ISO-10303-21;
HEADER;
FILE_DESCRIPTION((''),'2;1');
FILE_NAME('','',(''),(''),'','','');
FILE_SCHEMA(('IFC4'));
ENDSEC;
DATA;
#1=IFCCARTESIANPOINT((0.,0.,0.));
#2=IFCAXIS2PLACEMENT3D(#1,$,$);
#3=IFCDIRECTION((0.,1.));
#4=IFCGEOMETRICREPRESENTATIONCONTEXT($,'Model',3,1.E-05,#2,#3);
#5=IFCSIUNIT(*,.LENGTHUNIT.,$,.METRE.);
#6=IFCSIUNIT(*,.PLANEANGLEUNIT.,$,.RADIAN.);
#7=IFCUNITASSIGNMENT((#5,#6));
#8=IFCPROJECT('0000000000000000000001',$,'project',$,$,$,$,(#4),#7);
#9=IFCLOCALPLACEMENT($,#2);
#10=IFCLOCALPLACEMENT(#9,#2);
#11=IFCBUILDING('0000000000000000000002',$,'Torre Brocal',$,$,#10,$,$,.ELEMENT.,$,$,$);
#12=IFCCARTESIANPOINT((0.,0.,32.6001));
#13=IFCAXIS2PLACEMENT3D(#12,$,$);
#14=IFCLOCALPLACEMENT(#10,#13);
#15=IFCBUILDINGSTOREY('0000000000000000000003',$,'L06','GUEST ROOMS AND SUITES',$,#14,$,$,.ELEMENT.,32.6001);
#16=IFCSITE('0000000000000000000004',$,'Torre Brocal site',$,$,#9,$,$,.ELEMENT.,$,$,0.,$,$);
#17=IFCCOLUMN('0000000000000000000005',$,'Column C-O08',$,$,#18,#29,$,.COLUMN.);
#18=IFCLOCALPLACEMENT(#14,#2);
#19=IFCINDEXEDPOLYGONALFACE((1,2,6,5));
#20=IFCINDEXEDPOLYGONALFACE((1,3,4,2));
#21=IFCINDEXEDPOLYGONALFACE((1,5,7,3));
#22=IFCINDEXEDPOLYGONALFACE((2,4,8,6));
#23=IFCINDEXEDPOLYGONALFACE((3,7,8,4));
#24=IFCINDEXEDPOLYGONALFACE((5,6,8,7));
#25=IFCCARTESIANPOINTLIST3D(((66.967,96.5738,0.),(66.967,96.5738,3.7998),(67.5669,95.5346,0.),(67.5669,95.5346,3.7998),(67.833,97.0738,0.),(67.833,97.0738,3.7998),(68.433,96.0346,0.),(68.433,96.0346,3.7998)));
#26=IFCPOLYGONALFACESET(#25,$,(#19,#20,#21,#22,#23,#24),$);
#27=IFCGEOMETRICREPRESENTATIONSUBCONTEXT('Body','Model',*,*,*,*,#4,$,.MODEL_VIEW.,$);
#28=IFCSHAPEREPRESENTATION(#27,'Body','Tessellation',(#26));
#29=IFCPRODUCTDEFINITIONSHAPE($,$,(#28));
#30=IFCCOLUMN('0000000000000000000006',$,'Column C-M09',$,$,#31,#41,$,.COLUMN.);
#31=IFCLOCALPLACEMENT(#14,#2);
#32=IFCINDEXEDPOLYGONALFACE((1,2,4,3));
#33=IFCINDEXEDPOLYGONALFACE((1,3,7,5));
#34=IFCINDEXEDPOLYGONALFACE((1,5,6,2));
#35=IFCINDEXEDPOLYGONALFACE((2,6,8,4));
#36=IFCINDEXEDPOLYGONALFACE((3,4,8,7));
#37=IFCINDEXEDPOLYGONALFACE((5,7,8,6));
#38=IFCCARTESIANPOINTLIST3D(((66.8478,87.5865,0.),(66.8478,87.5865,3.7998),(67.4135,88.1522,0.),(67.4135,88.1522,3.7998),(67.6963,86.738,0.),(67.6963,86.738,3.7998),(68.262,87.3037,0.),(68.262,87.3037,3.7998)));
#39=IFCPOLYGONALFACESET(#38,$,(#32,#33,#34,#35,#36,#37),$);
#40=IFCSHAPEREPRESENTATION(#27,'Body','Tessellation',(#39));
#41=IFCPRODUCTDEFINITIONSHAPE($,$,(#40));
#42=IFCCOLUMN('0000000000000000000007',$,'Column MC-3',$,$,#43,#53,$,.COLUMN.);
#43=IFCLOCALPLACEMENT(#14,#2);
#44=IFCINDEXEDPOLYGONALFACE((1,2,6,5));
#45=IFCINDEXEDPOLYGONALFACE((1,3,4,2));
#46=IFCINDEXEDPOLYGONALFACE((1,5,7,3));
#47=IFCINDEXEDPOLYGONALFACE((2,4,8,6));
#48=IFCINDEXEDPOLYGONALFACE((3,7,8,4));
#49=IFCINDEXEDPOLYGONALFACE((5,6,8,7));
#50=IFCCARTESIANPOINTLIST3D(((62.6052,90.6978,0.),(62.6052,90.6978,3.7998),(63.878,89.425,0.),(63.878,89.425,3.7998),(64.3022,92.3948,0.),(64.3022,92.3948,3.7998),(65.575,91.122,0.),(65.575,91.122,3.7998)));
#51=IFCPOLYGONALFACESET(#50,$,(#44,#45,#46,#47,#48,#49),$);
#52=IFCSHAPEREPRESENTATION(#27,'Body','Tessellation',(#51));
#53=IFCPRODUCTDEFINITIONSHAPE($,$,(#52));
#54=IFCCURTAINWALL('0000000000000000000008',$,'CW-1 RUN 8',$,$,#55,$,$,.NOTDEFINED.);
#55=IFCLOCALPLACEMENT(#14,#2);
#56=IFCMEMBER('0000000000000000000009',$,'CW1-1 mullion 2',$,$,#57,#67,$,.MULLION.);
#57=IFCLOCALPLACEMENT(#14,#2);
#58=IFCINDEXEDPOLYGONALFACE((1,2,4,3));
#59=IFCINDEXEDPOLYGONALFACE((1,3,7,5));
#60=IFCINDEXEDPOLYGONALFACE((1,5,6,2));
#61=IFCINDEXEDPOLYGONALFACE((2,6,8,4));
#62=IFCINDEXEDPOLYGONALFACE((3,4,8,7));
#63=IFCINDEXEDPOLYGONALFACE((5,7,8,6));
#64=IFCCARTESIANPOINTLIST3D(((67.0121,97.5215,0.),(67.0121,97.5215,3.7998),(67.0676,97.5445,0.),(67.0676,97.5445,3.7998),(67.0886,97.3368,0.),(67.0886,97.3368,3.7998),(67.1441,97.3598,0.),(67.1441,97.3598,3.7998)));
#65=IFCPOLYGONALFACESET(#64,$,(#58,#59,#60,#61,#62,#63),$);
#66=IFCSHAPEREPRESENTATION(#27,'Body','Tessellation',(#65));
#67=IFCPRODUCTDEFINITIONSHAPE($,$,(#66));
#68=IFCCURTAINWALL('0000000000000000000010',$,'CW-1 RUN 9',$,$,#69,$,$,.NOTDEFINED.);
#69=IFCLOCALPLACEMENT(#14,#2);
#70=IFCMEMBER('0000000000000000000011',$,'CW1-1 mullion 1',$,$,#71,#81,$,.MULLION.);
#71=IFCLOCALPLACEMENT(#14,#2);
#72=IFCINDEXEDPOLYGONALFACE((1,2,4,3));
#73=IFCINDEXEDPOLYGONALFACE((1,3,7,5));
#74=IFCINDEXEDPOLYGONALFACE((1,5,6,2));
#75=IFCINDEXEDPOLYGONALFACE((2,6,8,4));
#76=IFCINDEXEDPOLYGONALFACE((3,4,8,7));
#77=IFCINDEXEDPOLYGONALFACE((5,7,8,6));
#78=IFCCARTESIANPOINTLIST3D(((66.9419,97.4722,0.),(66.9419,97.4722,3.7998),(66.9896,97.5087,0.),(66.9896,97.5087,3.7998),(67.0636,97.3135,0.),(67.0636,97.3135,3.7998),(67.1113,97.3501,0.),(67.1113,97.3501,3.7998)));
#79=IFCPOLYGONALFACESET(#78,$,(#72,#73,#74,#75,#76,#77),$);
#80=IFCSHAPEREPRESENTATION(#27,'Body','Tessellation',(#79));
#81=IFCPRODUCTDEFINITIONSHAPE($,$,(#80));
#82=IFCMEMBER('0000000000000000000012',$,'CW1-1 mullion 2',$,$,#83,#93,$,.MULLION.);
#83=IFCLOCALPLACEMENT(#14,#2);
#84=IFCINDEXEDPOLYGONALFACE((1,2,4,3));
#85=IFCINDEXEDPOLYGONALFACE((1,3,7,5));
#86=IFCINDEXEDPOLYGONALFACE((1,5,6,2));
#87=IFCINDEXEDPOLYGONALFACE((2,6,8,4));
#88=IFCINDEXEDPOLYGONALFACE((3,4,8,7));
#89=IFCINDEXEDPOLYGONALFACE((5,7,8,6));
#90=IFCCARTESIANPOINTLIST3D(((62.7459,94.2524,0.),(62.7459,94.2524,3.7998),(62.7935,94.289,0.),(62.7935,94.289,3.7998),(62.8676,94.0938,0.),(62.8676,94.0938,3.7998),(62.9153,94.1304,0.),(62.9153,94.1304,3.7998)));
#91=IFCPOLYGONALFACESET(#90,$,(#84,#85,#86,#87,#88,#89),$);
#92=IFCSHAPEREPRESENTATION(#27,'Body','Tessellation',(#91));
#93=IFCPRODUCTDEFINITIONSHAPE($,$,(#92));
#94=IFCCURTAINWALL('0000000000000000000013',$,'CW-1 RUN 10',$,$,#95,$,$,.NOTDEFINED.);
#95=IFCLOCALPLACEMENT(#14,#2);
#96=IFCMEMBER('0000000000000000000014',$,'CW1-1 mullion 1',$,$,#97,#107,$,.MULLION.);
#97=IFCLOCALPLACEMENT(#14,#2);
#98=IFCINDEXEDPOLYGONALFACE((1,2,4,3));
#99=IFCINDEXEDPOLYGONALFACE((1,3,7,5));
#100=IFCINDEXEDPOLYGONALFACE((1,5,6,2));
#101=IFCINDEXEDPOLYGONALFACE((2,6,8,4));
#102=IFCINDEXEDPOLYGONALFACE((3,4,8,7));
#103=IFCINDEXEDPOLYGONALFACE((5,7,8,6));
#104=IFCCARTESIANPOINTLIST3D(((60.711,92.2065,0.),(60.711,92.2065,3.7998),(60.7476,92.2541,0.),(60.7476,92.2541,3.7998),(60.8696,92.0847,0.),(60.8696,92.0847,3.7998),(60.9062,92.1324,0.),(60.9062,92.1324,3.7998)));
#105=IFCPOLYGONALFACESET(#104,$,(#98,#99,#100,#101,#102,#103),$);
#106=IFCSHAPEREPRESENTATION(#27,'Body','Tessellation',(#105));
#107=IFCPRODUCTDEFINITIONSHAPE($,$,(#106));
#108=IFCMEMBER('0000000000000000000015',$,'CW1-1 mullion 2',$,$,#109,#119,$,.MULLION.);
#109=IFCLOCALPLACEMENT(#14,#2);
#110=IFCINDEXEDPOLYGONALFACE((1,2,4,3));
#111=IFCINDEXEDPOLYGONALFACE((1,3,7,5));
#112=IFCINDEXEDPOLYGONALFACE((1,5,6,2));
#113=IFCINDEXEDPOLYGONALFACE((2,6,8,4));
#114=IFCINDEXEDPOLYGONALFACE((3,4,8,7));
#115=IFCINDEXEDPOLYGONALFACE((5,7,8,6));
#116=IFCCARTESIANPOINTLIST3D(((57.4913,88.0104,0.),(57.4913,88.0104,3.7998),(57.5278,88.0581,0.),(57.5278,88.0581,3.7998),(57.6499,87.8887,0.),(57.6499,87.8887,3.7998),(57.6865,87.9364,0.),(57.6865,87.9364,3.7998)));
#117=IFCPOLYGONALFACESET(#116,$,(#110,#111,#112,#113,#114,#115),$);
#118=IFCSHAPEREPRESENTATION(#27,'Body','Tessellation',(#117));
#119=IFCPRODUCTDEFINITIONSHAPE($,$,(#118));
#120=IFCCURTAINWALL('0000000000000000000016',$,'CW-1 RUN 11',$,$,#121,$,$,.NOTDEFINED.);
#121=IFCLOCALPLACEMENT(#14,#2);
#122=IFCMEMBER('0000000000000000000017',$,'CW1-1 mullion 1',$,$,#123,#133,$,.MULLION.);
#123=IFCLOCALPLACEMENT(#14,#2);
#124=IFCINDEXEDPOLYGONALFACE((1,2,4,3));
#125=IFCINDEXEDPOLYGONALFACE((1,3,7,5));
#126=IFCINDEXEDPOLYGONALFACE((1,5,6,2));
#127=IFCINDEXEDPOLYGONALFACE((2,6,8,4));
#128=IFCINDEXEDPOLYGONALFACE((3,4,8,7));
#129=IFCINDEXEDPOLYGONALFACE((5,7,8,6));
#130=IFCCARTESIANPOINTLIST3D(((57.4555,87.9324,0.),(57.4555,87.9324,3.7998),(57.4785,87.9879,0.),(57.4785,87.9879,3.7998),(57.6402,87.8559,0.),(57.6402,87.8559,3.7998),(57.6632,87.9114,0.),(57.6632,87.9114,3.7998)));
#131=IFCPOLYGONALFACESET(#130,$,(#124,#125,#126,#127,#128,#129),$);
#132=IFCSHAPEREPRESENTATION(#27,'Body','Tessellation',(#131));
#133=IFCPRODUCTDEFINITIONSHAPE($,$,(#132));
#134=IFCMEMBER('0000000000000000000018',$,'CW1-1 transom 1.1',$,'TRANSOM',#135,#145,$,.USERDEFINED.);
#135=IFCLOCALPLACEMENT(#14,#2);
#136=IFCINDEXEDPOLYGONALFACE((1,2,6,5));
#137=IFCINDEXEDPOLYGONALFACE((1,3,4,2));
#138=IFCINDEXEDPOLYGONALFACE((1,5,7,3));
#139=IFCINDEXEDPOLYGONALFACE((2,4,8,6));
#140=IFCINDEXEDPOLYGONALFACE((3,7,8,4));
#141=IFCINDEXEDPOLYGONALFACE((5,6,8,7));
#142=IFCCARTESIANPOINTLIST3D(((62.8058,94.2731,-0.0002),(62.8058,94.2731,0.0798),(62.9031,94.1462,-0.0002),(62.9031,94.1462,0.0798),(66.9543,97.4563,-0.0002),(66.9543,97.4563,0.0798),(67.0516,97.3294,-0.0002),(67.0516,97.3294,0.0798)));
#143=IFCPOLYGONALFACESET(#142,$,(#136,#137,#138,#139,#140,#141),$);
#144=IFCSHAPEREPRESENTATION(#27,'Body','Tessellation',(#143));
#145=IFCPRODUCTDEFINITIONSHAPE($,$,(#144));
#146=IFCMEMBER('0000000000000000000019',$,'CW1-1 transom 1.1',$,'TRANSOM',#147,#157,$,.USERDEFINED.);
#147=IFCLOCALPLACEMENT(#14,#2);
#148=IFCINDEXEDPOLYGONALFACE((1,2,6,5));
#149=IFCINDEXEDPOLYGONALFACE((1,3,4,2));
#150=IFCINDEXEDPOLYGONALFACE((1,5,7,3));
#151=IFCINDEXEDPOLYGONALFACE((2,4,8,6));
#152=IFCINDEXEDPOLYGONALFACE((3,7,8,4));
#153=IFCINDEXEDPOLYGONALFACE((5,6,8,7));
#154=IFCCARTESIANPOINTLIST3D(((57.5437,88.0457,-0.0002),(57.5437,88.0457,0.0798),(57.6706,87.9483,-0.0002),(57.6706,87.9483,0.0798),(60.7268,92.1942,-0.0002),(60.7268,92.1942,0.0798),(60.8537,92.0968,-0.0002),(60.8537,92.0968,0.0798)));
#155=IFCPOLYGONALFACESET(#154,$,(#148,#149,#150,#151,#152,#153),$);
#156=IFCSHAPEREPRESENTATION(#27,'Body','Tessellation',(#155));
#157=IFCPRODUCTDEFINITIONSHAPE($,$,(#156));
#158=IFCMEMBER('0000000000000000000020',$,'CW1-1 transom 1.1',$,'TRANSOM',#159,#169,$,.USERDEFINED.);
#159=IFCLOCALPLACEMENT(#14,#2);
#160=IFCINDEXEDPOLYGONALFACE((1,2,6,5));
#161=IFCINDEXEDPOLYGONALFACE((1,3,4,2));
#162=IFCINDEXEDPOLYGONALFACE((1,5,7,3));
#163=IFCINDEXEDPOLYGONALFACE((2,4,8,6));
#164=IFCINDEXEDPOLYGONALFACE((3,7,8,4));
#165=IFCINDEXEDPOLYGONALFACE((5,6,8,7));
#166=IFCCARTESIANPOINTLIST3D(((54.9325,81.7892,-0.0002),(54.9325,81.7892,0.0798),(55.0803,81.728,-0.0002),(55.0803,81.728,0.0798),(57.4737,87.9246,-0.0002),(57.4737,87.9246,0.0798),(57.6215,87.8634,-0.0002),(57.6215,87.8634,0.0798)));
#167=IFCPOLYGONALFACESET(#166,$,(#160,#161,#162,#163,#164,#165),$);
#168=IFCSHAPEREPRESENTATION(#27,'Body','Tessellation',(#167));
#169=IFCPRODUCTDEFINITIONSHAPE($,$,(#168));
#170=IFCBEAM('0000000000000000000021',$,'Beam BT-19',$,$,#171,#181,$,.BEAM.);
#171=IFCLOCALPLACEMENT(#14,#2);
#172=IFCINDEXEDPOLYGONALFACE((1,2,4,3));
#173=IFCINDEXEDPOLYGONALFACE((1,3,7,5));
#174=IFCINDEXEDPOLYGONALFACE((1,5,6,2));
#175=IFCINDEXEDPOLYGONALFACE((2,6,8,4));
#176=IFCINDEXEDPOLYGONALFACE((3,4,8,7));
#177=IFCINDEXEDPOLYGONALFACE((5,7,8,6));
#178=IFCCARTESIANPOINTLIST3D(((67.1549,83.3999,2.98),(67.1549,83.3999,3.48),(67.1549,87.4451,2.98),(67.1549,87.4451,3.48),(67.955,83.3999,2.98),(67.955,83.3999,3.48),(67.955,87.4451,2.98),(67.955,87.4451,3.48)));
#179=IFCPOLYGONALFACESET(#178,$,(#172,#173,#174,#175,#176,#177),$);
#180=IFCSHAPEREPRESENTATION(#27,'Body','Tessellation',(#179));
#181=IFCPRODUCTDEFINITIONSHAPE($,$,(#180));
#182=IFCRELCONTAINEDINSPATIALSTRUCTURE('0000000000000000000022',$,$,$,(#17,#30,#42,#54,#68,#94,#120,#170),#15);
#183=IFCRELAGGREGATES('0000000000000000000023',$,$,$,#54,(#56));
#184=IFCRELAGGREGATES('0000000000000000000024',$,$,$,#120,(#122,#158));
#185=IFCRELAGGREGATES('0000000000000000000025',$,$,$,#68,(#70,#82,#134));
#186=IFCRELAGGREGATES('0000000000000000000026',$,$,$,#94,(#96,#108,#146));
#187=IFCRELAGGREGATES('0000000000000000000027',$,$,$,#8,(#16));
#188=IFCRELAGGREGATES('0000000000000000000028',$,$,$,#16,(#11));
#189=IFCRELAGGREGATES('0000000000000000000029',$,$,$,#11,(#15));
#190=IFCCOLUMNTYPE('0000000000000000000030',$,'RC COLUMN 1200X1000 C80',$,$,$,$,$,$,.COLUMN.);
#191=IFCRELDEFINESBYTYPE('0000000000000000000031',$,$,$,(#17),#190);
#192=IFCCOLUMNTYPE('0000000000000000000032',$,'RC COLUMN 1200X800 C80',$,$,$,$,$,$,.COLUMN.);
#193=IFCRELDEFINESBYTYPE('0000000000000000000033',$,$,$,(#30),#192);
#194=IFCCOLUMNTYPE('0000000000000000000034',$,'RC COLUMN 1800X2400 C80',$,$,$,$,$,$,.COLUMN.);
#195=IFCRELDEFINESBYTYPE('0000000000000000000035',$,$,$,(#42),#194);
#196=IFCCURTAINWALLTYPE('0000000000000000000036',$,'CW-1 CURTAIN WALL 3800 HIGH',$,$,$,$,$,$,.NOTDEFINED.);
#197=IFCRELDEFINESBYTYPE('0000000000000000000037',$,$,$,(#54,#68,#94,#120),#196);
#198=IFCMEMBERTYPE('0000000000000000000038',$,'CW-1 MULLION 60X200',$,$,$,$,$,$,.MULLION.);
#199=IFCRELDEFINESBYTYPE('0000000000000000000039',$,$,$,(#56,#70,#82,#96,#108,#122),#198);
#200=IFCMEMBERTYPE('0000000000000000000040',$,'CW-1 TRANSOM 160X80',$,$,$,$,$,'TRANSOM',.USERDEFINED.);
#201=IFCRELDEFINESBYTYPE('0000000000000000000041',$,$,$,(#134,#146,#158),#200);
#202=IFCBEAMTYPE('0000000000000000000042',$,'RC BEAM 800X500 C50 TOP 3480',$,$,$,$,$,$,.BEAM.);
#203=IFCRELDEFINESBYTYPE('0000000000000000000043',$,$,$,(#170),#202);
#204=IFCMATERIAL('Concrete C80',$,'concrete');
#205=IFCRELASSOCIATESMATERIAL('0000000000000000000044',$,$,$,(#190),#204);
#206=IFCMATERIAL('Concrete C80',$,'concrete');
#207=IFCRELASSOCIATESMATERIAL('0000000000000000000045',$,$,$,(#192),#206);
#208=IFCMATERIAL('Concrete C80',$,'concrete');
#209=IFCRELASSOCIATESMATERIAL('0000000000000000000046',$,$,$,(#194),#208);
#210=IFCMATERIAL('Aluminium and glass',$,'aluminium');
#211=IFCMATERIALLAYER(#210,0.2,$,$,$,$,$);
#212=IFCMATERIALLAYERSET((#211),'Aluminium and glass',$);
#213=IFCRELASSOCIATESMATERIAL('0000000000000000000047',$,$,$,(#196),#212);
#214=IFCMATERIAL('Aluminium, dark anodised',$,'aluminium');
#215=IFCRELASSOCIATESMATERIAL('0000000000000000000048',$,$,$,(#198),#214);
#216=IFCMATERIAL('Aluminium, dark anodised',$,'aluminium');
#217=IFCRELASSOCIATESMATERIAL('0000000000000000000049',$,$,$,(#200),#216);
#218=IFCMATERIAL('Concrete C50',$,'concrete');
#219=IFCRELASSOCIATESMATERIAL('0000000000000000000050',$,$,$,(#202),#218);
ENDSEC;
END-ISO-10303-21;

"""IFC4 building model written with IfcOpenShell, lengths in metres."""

from ifc_helpers import new_model, si_unit, direction, frame, origin, origin_2d, place, context, subcontext, project, spatial, rectangle, extrude, material, layer, layer_set, material_profile, profile_set, type_object, element, aggregate, save


model = new_model("IFC4")

# Units and contexts
model_context = context("Model", 3, precision=1e-05, world=origin(), true_north=direction((0.0, 1.0)))
body_context = subcontext(model_context, "Body", "Model", "MODEL_VIEW")
ifc_project = project(units=[si_unit("LENGTHUNIT", "METRE"), si_unit("PLANEANGLEUNIT", "RADIAN")], contexts=[model_context])

# Site, building, storey
site_placement = place(None, origin())
site = spatial("IfcSite", under=ifc_project, at=site_placement, Name="Torre Brocal site", CompositionType="ELEMENT", RefElevation=0.0)
building_placement = place(site_placement, origin())
building = spatial("IfcBuilding", under=site, at=building_placement, Name="Torre Brocal", CompositionType="ELEMENT")
storey_placement = place(building_placement, frame((0.0, 0.0, 32.6001)))
storey = spatial("IfcBuildingStorey", under=building, at=storey_placement, Name="L06", Description="GUEST ROOMS AND SUITES", CompositionType="ELEMENT", Elevation=32.6001)

# Columns
ifc_material_1 = material(Name="Concrete C80", Category="concrete")
ifc_material_profile_1 = material_profile(ifc_material_1, rectangle(XDim=1.2, YDim=1.0, at=origin_2d()), Name="RC 1200X1000")
ifc_profile_set_1 = profile_set([ifc_material_profile_1], Name="Concrete C80")
column_type_1 = type_object("IfcColumnType", Name="RC COLUMN 1200X1000 C80", PredefinedType="COLUMN", material=ifc_profile_set_1)
column_1_placement = place(storey_placement, frame((67.7, 96.3042, 0.0), z_axis=(0.0, 0.0, 1.0), x_axis=(-0.5, 0.866025, 0.0)))
element("IfcColumn", 1, at=column_1_placement, inside=storey, type_object=column_type_1, Name="Column C-O08", PredefinedType="COLUMN", context=body_context, shape_type="SweptSolid", body=[
    extrude(rectangle(XDim=1.2, YDim=1.0, at=origin_2d()), origin(), (0.0, 0.0, 1.0), 3.7998),
])
ifc_material_2 = material(Name="Concrete C80", Category="concrete")
ifc_material_profile_2 = material_profile(ifc_material_2, rectangle(XDim=1.2, YDim=0.8, at=origin_2d()), Name="RC 1200X800")
ifc_profile_set_2 = profile_set([ifc_material_profile_2], Name="Concrete C80")
column_type_2 = type_object("IfcColumnType", Name="RC COLUMN 1200X800 C80", PredefinedType="COLUMN", material=ifc_profile_set_2)
column_2_placement = place(storey_placement, frame((67.5549, 87.4451, 0.0), z_axis=(0.0, 0.0, 1.0), x_axis=(-0.707107, 0.707107, 0.0)))
element("IfcColumn", 2, at=column_2_placement, inside=storey, type_object=column_type_2, Name="Column C-M09", PredefinedType="COLUMN", context=body_context, shape_type="SweptSolid", body=[
    extrude(rectangle(XDim=1.2, YDim=0.8, at=origin_2d()), origin(), (0.0, 0.0, 1.0), 3.7998),
])
ifc_material_3 = material(Name="Concrete C80", Category="concrete")
ifc_material_profile_3 = material_profile(ifc_material_3, rectangle(XDim=1.8, YDim=2.3999, at=origin_2d()), Name="RC 1800X2400")
ifc_profile_set_3 = profile_set([ifc_material_profile_3], Name="Concrete C80")
column_type_3 = type_object("IfcColumnType", Name="RC COLUMN 1800X2400 C80", PredefinedType="COLUMN", material=ifc_profile_set_3)
column_3_placement = place(storey_placement, frame((64.0901, 90.9099, 0.0), z_axis=(0.0, 0.0, 1.0), x_axis=(-0.707107, 0.707107, 0.0)))
element("IfcColumn", 3, at=column_3_placement, inside=storey, type_object=column_type_3, Name="Column MC-3", PredefinedType="COLUMN", context=body_context, shape_type="SweptSolid", body=[
    extrude(rectangle(XDim=1.8, YDim=2.3999, at=origin_2d()), origin(), (0.0, 0.0, 1.0), 3.7998),
])

# Curtain wall, member
ifc_material_4 = material(Name="Aluminium and glass", Category="aluminium")
ifc_layer_1 = layer(ifc_material_4, 0.2)
ifc_layer_set_1 = layer_set([ifc_layer_1], Name="Aluminium and glass")
curtain_wall_type = type_object("IfcCurtainWallType", Name="CW-1 CURTAIN WALL 3800 HIGH", PredefinedType="NOTDEFINED", material=ifc_layer_set_1)
curtain_wall_1_placement = place(storey_placement, origin())
curtain_wall_1 = element("IfcCurtainWall", 4, at=curtain_wall_1_placement, inside=storey, type_object=curtain_wall_type, Name="CW-1 RUN 8", PredefinedType="NOTDEFINED")
ifc_material_5 = material(Name="Aluminium, dark anodised", Category="aluminium")
ifc_material_profile_4 = material_profile(ifc_material_5, rectangle(XDim=0.2, YDim=0.0601, at=origin_2d()), Name="CW-1 MULLION 60X200")
ifc_profile_set_4 = profile_set([ifc_material_profile_4], Name="Aluminium, dark anodised")
member_type_1 = type_object("IfcMemberType", Name="CW-1 MULLION 60X200", PredefinedType="MULLION", material=ifc_profile_set_4)
member_1_placement = place(storey_placement, frame((67.0781, 97.4407, 0.0), z_axis=(0.0, 0.0, 1.0), x_axis=(0.382683, -0.92388, 0.0)))
member_1 = element("IfcMember", 5, at=member_1_placement, type_object=member_type_1, Name="CW1-1 mullion 2", PredefinedType="MULLION", context=body_context, shape_type="SweptSolid", body=[
    extrude(rectangle(XDim=0.2, YDim=0.0601, at=origin_2d()), origin(), (0.0, 0.0, 1.0), 3.7998),
])
aggregate(curtain_wall_1, [member_1])

# Curtain walls, members
curtain_wall_2_placement = place(storey_placement, origin())
curtain_wall_2 = element("IfcCurtainWall", 6, at=curtain_wall_2_placement, inside=storey, type_object=curtain_wall_type, Name="CW-1 RUN 9", PredefinedType="NOTDEFINED")
member_2_placement = place(storey_placement, frame((67.0266, 97.4111, 0.0), z_axis=(0.0, 0.0, 1.0), x_axis=(0.608761, -0.793353, 0.0)))
member_2 = element("IfcMember", 7, at=member_2_placement, type_object=member_type_1, Name="CW1-1 mullion 1", PredefinedType="MULLION", context=body_context, shape_type="SweptSolid", body=[
    extrude(rectangle(XDim=0.2, YDim=0.0601, at=origin_2d()), origin(), (0.0, 0.0, 1.0), 3.7998),
])
member_3_placement = place(storey_placement, frame((62.8306, 94.1914, 0.0), z_axis=(0.0, 0.0, 1.0), x_axis=(0.608761, -0.793353, 0.0)))
member_3 = element("IfcMember", 8, at=member_3_placement, type_object=member_type_1, Name="CW1-1 mullion 2", PredefinedType="MULLION", context=body_context, shape_type="SweptSolid", body=[
    extrude(rectangle(XDim=0.2, YDim=0.0601, at=origin_2d()), origin(), (0.0, 0.0, 1.0), 3.7998),
])
curtain_wall_3_placement = place(storey_placement, origin())
curtain_wall_3 = element("IfcCurtainWall", 9, at=curtain_wall_3_placement, inside=storey, type_object=curtain_wall_type, Name="CW-1 RUN 10", PredefinedType="NOTDEFINED")
member_4_placement = place(storey_placement, frame((60.8086, 92.1694, 0.0), z_axis=(0.0, 0.0, 1.0), x_axis=(0.793353, -0.608761, 0.0)))
member_4 = element("IfcMember", 10, at=member_4_placement, type_object=member_type_1, Name="CW1-1 mullion 1", PredefinedType="MULLION", context=body_context, shape_type="SweptSolid", body=[
    extrude(rectangle(XDim=0.2, YDim=0.0601, at=origin_2d()), origin(), (0.0, 0.0, 1.0), 3.7998),
])
member_5_placement = place(storey_placement, frame((57.5889, 87.9734, 0.0), z_axis=(0.0, 0.0, 1.0), x_axis=(0.793353, -0.608761, 0.0)))
member_5 = element("IfcMember", 11, at=member_5_placement, type_object=member_type_1, Name="CW1-1 mullion 2", PredefinedType="MULLION", context=body_context, shape_type="SweptSolid", body=[
    extrude(rectangle(XDim=0.2, YDim=0.0601, at=origin_2d()), origin(), (0.0, 0.0, 1.0), 3.7998),
])

# Curtain wall, member
curtain_wall_4_placement = place(storey_placement, origin())
curtain_wall_4 = element("IfcCurtainWall", 12, at=curtain_wall_4_placement, inside=storey, type_object=curtain_wall_type, Name="CW-1 RUN 11", PredefinedType="NOTDEFINED")
member_6_placement = place(storey_placement, frame((57.5593, 87.9219, 0.0), z_axis=(0.0, 0.0, 1.0), x_axis=(0.92388, -0.382683, 0.0)))
member_6 = element("IfcMember", 13, at=member_6_placement, type_object=member_type_1, Name="CW1-1 mullion 1", PredefinedType="MULLION", context=body_context, shape_type="SweptSolid", body=[
    extrude(rectangle(XDim=0.2, YDim=0.0601, at=origin_2d()), origin(), (0.0, 0.0, 1.0), 3.7998),
])

# Members
ifc_material_6 = material(Name="Aluminium, dark anodised", Category="aluminium")
ifc_material_profile_5 = material_profile(ifc_material_6, rectangle(XDim=0.1599, YDim=0.0801, at=origin_2d()), Name="CW-1 TRANSOM 160X80")
ifc_profile_set_5 = profile_set([ifc_material_profile_5], Name="Aluminium, dark anodised")
member_type_2 = type_object("IfcMemberType", Name="CW-1 TRANSOM 160X80", ElementType="TRANSOM", PredefinedType="USERDEFINED", material=ifc_profile_set_5)
member_7_placement = place(storey_placement, frame((67.0029, 97.3928, 0.0398), z_axis=(-0.793363, -0.608749, 0.0), x_axis=(0.608749, -0.793363, 0.0)))
member_7 = element("IfcMember", 14, at=member_7_placement, type_object=member_type_2, Name="CW1-1 transom 1.1", ObjectType="TRANSOM", PredefinedType="USERDEFINED", context=body_context, shape_type="SweptSolid", body=[
    extrude(rectangle(XDim=0.1599, YDim=0.0801, at=origin_2d()), origin(), (0.0, 0.0, 1.0), 5.229),
])
member_8_placement = place(storey_placement, frame((60.7903, 92.1455, 0.0398), z_axis=(-0.608749, -0.793363, 0.0), x_axis=(0.793363, -0.608749, 0.0)))
member_8 = element("IfcMember", 15, at=member_8_placement, type_object=member_type_2, Name="CW1-1 transom 1.1", ObjectType="TRANSOM", PredefinedType="USERDEFINED", context=body_context, shape_type="SweptSolid", body=[
    extrude(rectangle(XDim=0.1599, YDim=0.0801, at=origin_2d()), origin(), (0.0, 0.0, 1.0), 5.229),
])
member_9_placement = place(storey_placement, frame((57.5476, 87.894, 0.0398), z_axis=(-0.382665, -0.923887, 0.0), x_axis=(0.923887, -0.382665, 0.0)))
member_9 = element("IfcMember", 16, at=member_9_placement, type_object=member_type_2, Name="CW1-1 transom 1.1", ObjectType="TRANSOM", PredefinedType="USERDEFINED", context=body_context, shape_type="SweptSolid", body=[
    extrude(rectangle(XDim=0.1599, YDim=0.0801, at=origin_2d()), origin(), (0.0, 0.0, 1.0), 6.6409),
])
aggregate(curtain_wall_4, [member_6, member_9])

# Beam
ifc_material_7 = material(Name="Concrete C50", Category="concrete")
ifc_material_profile_6 = material_profile(ifc_material_7, rectangle(XDim=0.8, YDim=0.5, at=origin_2d()), Name="RC 800X500")
ifc_profile_set_6 = profile_set([ifc_material_profile_6], Name="Concrete C50")
beam_type_1 = type_object("IfcBeamType", Name="RC BEAM 800X500 C50 TOP 3480", PredefinedType="BEAM", material=ifc_profile_set_6)
beam_placement = place(storey_placement, frame((67.5549, 87.4451, 3.23), z_axis=(0.0, -1.0, 0.0), x_axis=(1.0, 0.0, 0.0)))
element("IfcBeam", 17, at=beam_placement, inside=storey, type_object=beam_type_1, Name="Beam BT-19", PredefinedType="BEAM", context=body_context, shape_type="SweptSolid", body=[
    extrude(rectangle(XDim=0.8, YDim=0.5, at=origin_2d()), origin(), (0.0, 0.0, 1.0), 4.0452),
])

aggregate(curtain_wall_2, [member_2, member_3, member_7])
aggregate(curtain_wall_3, [member_4, member_5, member_8])

save(model, "model.ifc")
